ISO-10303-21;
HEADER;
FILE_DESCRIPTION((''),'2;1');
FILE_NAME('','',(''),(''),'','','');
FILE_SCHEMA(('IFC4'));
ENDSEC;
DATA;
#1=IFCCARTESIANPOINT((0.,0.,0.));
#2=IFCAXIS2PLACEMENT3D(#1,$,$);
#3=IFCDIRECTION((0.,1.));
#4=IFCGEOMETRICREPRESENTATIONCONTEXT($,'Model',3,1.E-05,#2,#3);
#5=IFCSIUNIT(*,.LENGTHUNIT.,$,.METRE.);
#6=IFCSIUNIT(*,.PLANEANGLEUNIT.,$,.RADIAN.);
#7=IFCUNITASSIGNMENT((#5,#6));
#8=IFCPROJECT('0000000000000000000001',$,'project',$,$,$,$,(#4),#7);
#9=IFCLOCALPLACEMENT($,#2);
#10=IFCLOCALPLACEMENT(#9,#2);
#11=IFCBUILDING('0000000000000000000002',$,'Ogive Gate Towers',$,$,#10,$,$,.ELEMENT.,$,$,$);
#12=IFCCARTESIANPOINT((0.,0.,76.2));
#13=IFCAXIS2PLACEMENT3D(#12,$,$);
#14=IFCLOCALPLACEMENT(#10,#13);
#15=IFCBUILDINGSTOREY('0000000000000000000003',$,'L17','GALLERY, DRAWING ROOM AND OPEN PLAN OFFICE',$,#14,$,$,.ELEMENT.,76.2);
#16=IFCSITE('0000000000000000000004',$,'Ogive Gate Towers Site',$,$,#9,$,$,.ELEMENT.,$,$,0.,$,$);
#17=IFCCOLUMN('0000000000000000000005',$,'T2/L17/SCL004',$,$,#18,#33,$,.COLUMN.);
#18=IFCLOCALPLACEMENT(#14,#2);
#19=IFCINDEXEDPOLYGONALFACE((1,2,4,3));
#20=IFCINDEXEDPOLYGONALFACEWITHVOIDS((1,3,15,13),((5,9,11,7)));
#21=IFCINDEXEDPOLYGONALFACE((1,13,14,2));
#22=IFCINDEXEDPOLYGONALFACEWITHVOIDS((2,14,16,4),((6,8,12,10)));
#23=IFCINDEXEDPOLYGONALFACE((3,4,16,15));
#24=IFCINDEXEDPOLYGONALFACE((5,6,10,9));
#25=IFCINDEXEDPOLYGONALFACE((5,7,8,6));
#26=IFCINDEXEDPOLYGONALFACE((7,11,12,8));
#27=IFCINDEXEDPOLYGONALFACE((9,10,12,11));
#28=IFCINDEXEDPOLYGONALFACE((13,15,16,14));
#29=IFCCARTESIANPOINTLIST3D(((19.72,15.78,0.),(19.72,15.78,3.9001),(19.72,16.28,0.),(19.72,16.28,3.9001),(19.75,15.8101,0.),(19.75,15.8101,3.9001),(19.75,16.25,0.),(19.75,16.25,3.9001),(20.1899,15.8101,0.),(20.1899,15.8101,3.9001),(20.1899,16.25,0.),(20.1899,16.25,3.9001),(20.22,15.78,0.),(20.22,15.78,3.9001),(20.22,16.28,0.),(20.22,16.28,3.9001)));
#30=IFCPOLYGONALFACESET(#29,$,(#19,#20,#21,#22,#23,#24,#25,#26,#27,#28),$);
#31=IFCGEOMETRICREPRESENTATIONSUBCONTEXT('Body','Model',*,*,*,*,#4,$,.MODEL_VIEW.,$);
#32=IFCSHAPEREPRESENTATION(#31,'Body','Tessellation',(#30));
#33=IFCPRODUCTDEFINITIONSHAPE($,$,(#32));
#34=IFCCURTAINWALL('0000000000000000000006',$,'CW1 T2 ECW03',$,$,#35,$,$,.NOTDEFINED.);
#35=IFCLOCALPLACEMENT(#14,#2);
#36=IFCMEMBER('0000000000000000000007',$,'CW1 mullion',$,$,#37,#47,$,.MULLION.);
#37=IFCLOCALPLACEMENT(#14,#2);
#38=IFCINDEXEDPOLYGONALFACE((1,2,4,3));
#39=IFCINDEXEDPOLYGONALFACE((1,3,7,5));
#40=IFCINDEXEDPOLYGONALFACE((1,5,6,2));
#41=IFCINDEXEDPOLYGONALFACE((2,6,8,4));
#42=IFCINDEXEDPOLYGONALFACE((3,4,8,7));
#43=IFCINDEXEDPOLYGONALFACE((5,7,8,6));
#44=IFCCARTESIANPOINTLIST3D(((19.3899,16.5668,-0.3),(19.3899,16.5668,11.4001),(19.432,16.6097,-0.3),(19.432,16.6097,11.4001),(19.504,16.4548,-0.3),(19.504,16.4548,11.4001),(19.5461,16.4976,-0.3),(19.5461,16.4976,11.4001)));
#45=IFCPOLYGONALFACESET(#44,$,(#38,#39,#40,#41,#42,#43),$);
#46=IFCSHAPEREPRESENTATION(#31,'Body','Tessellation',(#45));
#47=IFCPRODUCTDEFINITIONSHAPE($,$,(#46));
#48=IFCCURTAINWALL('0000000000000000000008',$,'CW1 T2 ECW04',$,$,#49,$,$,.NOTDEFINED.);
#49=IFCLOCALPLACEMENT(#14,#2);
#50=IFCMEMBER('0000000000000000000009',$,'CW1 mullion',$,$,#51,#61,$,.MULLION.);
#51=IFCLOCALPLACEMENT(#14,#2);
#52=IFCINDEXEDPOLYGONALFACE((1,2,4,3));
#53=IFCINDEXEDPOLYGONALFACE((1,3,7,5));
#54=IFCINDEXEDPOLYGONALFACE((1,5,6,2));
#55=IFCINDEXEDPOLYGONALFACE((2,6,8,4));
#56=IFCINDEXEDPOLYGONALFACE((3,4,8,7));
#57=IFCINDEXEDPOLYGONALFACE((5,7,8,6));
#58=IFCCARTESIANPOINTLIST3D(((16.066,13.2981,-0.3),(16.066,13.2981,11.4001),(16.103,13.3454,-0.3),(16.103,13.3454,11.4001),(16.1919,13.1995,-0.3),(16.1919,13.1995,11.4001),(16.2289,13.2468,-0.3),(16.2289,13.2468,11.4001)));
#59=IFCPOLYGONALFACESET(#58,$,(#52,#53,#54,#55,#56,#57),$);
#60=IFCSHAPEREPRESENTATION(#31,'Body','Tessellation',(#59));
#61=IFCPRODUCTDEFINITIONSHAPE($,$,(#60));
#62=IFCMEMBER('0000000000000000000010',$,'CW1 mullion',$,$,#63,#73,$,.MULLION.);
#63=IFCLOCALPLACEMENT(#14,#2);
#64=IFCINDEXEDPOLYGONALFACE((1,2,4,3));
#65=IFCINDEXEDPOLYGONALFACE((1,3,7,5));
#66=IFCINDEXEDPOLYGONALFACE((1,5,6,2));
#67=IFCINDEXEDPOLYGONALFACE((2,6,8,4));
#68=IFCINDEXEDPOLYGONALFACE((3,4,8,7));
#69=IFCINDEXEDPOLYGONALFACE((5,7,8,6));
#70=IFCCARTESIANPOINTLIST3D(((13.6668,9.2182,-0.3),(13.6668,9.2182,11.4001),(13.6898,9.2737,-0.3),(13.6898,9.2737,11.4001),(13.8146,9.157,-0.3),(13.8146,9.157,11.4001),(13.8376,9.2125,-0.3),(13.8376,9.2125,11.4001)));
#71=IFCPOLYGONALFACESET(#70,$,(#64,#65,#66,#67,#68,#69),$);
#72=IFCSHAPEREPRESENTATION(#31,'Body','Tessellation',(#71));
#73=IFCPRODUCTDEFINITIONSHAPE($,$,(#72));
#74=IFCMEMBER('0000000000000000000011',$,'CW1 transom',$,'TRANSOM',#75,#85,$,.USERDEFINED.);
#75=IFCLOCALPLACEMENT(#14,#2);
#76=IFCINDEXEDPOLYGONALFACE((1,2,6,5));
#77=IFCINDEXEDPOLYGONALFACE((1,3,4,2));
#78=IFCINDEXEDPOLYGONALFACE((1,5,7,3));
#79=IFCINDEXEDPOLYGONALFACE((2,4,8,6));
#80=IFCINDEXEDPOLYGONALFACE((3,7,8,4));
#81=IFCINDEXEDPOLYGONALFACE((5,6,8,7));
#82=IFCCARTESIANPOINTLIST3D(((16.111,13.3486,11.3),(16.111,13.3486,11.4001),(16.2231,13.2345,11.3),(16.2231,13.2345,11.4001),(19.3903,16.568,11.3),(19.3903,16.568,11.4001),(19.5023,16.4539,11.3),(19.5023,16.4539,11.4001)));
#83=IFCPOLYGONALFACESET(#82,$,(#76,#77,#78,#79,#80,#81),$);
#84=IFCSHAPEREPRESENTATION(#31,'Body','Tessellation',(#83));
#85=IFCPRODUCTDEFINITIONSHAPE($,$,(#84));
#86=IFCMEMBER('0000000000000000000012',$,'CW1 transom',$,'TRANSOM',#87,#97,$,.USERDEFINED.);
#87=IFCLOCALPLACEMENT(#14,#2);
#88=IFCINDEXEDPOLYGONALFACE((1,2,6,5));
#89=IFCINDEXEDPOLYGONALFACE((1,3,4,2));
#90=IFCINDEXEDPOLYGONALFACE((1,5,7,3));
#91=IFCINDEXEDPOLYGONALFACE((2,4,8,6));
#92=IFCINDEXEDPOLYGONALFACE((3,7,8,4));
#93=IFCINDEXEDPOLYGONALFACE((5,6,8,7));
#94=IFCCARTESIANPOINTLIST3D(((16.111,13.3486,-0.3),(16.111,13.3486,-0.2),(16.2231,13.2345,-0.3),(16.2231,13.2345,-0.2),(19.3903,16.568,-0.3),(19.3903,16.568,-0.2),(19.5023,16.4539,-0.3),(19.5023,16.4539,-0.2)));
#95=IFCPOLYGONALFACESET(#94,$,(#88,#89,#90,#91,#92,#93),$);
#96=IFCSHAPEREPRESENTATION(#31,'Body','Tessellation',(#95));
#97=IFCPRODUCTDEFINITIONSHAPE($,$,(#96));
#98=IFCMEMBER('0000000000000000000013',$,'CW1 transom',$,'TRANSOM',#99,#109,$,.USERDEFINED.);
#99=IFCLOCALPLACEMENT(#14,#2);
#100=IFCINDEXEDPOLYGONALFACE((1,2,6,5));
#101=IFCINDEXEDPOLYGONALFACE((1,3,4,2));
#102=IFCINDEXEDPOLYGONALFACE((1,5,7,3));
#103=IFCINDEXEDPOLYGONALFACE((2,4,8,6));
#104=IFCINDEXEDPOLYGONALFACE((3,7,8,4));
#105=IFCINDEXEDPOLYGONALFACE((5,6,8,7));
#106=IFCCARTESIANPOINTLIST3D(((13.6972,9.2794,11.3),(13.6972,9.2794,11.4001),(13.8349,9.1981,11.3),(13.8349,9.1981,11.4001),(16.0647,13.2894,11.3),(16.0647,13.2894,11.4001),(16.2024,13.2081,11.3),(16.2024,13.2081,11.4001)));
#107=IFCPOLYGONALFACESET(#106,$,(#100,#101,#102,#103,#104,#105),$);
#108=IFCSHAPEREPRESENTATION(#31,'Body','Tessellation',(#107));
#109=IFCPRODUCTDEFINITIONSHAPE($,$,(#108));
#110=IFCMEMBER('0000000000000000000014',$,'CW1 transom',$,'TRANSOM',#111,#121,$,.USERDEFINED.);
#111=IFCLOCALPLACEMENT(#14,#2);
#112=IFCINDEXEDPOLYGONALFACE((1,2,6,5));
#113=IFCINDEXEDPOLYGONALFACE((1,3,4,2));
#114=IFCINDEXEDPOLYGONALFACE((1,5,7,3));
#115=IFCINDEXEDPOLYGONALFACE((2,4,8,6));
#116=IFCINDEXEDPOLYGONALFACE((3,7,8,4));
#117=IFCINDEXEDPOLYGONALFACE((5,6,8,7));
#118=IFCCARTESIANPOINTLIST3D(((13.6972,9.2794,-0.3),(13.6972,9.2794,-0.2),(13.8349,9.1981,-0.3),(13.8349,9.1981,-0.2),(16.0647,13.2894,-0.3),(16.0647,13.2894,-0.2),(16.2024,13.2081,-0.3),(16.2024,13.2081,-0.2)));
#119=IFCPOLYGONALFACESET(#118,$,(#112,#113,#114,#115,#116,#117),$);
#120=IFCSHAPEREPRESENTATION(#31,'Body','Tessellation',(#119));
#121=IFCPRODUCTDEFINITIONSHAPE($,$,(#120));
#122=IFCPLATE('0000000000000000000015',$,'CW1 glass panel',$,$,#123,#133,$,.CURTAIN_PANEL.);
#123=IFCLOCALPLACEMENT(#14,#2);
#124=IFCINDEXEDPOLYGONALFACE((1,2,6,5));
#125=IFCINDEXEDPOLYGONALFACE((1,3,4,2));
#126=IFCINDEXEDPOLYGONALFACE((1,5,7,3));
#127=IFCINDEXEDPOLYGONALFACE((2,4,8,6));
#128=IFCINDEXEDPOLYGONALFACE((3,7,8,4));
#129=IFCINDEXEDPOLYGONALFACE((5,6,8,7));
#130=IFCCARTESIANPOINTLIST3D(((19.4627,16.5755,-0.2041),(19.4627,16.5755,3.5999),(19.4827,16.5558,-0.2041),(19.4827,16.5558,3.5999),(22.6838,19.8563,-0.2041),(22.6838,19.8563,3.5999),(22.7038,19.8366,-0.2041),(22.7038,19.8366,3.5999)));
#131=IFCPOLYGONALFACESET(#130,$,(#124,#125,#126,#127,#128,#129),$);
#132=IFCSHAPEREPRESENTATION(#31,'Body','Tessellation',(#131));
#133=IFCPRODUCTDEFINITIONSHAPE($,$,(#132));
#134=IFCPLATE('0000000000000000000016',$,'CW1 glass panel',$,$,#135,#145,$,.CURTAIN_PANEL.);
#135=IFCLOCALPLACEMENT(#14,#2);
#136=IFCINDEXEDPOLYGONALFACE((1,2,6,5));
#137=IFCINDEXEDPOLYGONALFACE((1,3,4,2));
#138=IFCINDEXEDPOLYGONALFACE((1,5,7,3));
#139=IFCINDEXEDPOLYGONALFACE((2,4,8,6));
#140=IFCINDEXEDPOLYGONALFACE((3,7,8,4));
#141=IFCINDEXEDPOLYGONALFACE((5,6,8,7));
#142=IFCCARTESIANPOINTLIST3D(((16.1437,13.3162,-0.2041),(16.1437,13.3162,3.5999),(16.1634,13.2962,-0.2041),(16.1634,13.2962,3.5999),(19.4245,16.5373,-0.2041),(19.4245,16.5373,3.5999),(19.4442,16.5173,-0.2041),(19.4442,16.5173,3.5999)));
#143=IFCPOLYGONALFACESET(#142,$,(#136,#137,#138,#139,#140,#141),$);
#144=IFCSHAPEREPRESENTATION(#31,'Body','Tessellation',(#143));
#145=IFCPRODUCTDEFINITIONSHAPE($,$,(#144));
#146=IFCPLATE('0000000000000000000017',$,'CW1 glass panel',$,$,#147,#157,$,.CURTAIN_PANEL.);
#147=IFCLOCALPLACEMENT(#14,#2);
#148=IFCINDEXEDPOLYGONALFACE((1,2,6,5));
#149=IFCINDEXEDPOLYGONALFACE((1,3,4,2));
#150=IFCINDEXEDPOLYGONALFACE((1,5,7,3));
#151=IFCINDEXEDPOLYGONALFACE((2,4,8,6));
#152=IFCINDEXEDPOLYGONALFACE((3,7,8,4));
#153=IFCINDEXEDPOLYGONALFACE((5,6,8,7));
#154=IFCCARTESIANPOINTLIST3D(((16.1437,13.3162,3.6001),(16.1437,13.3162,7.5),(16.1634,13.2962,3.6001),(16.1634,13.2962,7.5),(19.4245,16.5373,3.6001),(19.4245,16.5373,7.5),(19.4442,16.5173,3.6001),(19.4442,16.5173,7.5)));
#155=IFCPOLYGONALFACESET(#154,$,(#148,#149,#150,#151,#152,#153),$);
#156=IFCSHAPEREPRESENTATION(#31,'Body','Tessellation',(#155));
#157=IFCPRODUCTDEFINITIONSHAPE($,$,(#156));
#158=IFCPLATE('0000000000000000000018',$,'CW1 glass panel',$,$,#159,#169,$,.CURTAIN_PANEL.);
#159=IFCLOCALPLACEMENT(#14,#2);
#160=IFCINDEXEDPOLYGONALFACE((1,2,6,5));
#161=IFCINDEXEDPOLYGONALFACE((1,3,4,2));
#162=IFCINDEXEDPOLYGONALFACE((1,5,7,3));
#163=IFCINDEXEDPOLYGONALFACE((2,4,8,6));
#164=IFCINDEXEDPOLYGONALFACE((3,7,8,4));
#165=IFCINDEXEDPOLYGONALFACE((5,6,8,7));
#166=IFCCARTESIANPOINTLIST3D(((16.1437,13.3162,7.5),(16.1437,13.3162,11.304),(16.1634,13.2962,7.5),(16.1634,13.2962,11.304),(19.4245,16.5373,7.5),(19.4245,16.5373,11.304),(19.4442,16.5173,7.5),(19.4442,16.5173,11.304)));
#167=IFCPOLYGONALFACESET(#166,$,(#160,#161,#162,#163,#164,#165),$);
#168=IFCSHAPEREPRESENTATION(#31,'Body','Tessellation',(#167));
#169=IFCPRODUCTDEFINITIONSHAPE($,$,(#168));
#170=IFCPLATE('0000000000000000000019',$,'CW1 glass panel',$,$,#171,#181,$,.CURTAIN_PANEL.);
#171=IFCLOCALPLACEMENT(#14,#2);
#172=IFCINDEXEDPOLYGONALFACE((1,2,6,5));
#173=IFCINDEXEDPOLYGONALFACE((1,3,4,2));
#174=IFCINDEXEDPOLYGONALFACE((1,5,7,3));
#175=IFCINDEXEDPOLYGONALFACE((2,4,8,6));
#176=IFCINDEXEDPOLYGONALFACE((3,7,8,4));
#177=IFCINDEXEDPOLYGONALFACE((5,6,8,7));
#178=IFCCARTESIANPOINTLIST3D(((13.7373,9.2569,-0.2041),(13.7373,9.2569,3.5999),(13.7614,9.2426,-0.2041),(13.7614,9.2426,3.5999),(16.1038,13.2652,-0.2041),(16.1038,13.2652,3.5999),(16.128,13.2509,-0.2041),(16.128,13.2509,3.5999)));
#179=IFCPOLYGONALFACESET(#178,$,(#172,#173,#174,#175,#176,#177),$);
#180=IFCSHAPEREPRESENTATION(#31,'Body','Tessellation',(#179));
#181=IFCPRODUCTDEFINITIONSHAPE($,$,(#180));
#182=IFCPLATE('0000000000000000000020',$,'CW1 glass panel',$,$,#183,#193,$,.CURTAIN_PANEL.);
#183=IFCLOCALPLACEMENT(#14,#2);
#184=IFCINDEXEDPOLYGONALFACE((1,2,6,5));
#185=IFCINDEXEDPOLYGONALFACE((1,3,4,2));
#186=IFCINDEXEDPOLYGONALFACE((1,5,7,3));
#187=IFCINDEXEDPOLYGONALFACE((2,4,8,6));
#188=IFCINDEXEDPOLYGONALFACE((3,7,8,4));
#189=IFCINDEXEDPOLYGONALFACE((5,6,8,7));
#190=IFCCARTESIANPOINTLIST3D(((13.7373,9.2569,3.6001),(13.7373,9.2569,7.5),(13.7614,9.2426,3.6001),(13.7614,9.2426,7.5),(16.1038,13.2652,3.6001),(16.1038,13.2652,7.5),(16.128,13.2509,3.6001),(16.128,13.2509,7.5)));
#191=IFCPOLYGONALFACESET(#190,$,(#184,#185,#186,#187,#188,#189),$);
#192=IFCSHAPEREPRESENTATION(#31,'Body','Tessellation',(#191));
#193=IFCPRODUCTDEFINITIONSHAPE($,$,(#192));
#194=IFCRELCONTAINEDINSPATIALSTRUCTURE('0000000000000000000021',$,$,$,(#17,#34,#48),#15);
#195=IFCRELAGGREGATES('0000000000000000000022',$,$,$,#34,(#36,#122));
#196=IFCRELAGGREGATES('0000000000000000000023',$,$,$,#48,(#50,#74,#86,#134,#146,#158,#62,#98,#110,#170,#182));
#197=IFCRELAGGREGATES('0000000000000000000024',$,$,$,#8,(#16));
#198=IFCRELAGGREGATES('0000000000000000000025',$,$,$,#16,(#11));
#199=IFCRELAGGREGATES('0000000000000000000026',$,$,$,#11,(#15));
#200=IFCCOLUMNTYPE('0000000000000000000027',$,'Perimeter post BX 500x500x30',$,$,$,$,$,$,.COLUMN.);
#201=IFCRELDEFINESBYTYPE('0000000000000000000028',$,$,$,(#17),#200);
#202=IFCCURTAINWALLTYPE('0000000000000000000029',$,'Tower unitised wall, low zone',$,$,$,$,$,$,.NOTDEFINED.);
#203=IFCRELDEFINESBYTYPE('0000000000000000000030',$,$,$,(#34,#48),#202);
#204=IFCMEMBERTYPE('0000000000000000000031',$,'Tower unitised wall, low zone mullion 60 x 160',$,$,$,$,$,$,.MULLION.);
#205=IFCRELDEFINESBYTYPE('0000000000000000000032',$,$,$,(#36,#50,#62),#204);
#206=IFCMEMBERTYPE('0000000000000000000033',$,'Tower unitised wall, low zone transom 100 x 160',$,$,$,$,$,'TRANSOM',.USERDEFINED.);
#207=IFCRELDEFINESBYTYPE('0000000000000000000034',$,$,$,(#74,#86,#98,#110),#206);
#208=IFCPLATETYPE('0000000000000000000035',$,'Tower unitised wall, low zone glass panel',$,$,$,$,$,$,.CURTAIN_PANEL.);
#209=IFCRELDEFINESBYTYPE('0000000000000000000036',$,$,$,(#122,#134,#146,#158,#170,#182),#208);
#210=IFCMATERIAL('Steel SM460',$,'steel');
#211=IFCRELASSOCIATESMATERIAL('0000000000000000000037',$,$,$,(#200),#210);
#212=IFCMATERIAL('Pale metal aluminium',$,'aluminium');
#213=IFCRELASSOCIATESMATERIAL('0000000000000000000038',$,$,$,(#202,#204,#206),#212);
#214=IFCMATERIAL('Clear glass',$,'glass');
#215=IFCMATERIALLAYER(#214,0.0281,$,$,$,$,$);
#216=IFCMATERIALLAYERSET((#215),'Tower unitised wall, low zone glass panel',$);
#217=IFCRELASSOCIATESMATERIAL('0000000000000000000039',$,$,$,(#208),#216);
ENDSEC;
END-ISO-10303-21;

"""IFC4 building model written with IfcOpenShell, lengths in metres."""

from ifc_helpers import new_model, si_unit, direction, frame, origin, origin_2d, place, context, subcontext, project, spatial, rectangle, hollow_rectangle, extrude, material, layer, layer_set, material_profile, profile_set, type_object, element, aggregate, save


model = new_model("IFC4")

# Units and contexts
model_context = context("Model", 3, precision=1e-05, world=origin(), true_north=direction((0.0, 1.0)))
body_context = subcontext(model_context, "Body", "Model", "MODEL_VIEW")
ifc_project = project(units=[si_unit("LENGTHUNIT", "METRE"), si_unit("PLANEANGLEUNIT", "RADIAN")], contexts=[model_context])

# Site, building, storey
site_placement = place(None, origin())
site = spatial("IfcSite", under=ifc_project, at=site_placement, Name="Ogive Gate Towers Site", CompositionType="ELEMENT", RefElevation=0.0)
building_placement = place(site_placement, origin())
building = spatial("IfcBuilding", under=site, at=building_placement, Name="Ogive Gate Towers", CompositionType="ELEMENT")
storey_placement = place(building_placement, frame((0.0, 0.0, 76.2)))
storey = spatial("IfcBuildingStorey", under=building, at=storey_placement, Name="L17", Description="GALLERY, DRAWING ROOM AND OPEN PLAN OFFICE", CompositionType="ELEMENT", Elevation=76.2)

# Column
ifc_material_1 = material(Name="Steel SM460", Category="steel")
ifc_material_profile_1 = material_profile(ifc_material_1, hollow_rectangle(XDim=0.5, YDim=0.5, WallThickness=0.03, at=origin_2d()), Name="BX 500x500x30")
ifc_profile_set_1 = profile_set([ifc_material_profile_1], Name="Steel SM460")
column_type = type_object("IfcColumnType", Name="Perimeter post BX 500x500x30", PredefinedType="COLUMN", material=ifc_profile_set_1)
column_placement = place(storey_placement, frame((19.97, 16.03, 0.0), z_axis=(0.0, 0.0, 1.0), x_axis=(1.0, 0.0, 0.0)))
element("IfcColumn", 1, at=column_placement, inside=storey, type_object=column_type, Name="T2/L17/SCL004", PredefinedType="COLUMN", context=body_context, shape_type="SweptSolid", body=[
    extrude(hollow_rectangle(XDim=0.5, YDim=0.5, WallThickness=0.03, at=origin_2d()), origin(), (0.0, 0.0, 1.0), 3.9001),
])

# Curtain wall, member
ifc_material_2 = material(Name="Pale metal aluminium", Category="aluminium")
curtain_wall_type = type_object("IfcCurtainWallType", Name="Tower unitised wall, low zone", PredefinedType="NOTDEFINED", material=ifc_material_2)
curtain_wall_1_placement = place(storey_placement, origin())
curtain_wall_1 = element("IfcCurtainWall", 2, at=curtain_wall_1_placement, inside=storey, type_object=curtain_wall_type, Name="CW1 T2 ECW03", PredefinedType="NOTDEFINED")
ifc_material_profile_2 = material_profile(ifc_material_2, rectangle(XDim=0.1599, YDim=0.0601, at=origin_2d()), Name="60 x 160 aluminium box")
ifc_profile_set_2 = profile_set([ifc_material_profile_2], Name="Pale metal aluminium")
member_type_1 = type_object("IfcMemberType", Name="Tower unitised wall, low zone mullion 60 x 160", PredefinedType="MULLION", material=ifc_profile_set_2)
member_1_placement = place(storey_placement, frame((19.468, 16.5322, -0.3), z_axis=(0.0, 0.0, 1.0), x_axis=(-0.713568, 0.700586, 0.0)))
member_1 = element("IfcMember", 3, at=member_1_placement, type_object=member_type_1, Name="CW1 mullion", PredefinedType="MULLION", context=body_context, shape_type="SweptSolid", body=[
    extrude(rectangle(XDim=0.1599, YDim=0.0601, at=origin_2d()), origin(), (0.0, 0.0, 1.0), 11.7002),
])

# Curtain wall, members
curtain_wall_2_placement = place(storey_placement, origin())
curtain_wall_2 = element("IfcCurtainWall", 4, at=curtain_wall_2_placement, inside=storey, type_object=curtain_wall_type, Name="CW1 T2 ECW04", PredefinedType="NOTDEFINED")
member_2_placement = place(storey_placement, frame((16.1475, 13.2725, -0.3), z_axis=(0.0, 0.0, 1.0), x_axis=(-0.787559, 0.616239, 0.0)))
member_2 = element("IfcMember", 5, at=member_2_placement, type_object=member_type_1, Name="CW1 mullion", PredefinedType="MULLION", context=body_context, shape_type="SweptSolid", body=[
    extrude(rectangle(XDim=0.1599, YDim=0.0601, at=origin_2d()), origin(), (0.0, 0.0, 1.0), 11.7002),
])
member_3_placement = place(storey_placement, frame((13.7522, 9.2153, -0.3), z_axis=(0.0, 0.0, 1.0), x_axis=(-0.92388, 0.382683, 0.0)))
member_3 = element("IfcMember", 6, at=member_3_placement, type_object=member_type_1, Name="CW1 mullion", PredefinedType="MULLION", context=body_context, shape_type="SweptSolid", body=[
    extrude(rectangle(XDim=0.1599, YDim=0.0601, at=origin_2d()), origin(), (0.0, 0.0, 1.0), 11.7002),
])
ifc_material_profile_3 = material_profile(ifc_material_2, rectangle(XDim=0.1599, YDim=0.1001, at=origin_2d()), Name="100 x 160 aluminium box")
ifc_profile_set_3 = profile_set([ifc_material_profile_3], Name="Pale metal aluminium")
member_type_2 = type_object("IfcMemberType", Name="Tower unitised wall, low zone transom 100 x 160", ElementType="TRANSOM", PredefinedType="USERDEFINED", material=ifc_profile_set_3)
member_4_placement = place(storey_placement, frame((19.4463, 16.511, 11.3501), z_axis=(-0.713585, -0.700569, 0.0), x_axis=(0.700569, -0.713585, 0.0)))
member_4 = element("IfcMember", 7, at=member_4_placement, type_object=member_type_2, Name="CW1 transom", ObjectType="TRANSOM", PredefinedType="USERDEFINED", context=body_context, shape_type="SweptSolid", body=[
    extrude(rectangle(XDim=0.1599, YDim=0.1001, at=origin_2d()), origin(), (0.0, 0.0, 1.0), 4.5955),
])
member_5_placement = place(storey_placement, frame((19.4463, 16.511, -0.25), z_axis=(-0.713585, -0.700569, 0.0), x_axis=(0.700569, -0.713585, 0.0)))
member_5 = element("IfcMember", 8, at=member_5_placement, type_object=member_type_2, Name="CW1 transom", ObjectType="TRANSOM", PredefinedType="USERDEFINED", context=body_context, shape_type="SweptSolid", body=[
    extrude(rectangle(XDim=0.1599, YDim=0.1001, at=origin_2d()), origin(), (0.0, 0.0, 1.0), 4.5955),
])
member_6_placement = place(storey_placement, frame((16.1335, 13.2488, 11.3501), z_axis=(-0.508392, -0.861126, 0.0), x_axis=(0.861126, -0.508392, 0.0)))
member_6 = element("IfcMember", 9, at=member_6_placement, type_object=member_type_2, Name="CW1 transom", ObjectType="TRANSOM", PredefinedType="USERDEFINED", context=body_context, shape_type="SweptSolid", body=[
    extrude(rectangle(XDim=0.1599, YDim=0.1001, at=origin_2d()), origin(), (0.0, 0.0, 1.0), 4.6567),
])
member_7_placement = place(storey_placement, frame((16.1335, 13.2488, -0.25), z_axis=(-0.508392, -0.861126, 0.0), x_axis=(0.861126, -0.508392, 0.0)))
member_7 = element("IfcMember", 10, at=member_7_placement, type_object=member_type_2, Name="CW1 transom", ObjectType="TRANSOM", PredefinedType="USERDEFINED", context=body_context, shape_type="SweptSolid", body=[
    extrude(rectangle(XDim=0.1599, YDim=0.1001, at=origin_2d()), origin(), (0.0, 0.0, 1.0), 4.6567),
])

# Plates
ifc_material_3 = material(Name="Clear glass", Category="glass")
ifc_layer = layer(ifc_material_3, 0.0281)
ifc_layer_set = layer_set([ifc_layer], Name="Tower unitised wall, low zone glass panel")
plate_type = type_object("IfcPlateType", Name="Tower unitised wall, low zone glass panel", PredefinedType="CURTAIN_PANEL", material=ifc_layer_set)
plate_1_placement = place(storey_placement, frame((21.0833, 18.2061, -0.2041), z_axis=(0.0, 0.0, 1.0), x_axis=(-0.700586, -0.713568, 0.0)))
plate_1 = element("IfcPlate", 11, at=plate_1_placement, type_object=plate_type, Name="CW1 glass panel", PredefinedType="CURTAIN_PANEL", context=body_context, shape_type="SweptSolid", body=[
    extrude(rectangle(XDim=4.5977, YDim=0.0281, at=origin_2d()), origin(), (0.0, 0.0, 1.0), 3.804),
])
aggregate(curtain_wall_1, [member_1, plate_1])
plate_2_placement = place(storey_placement, frame((17.7939, 14.9167, -0.2041), z_axis=(0.0, 0.0, 1.0), x_axis=(-0.713568, -0.700586, 0.0)))
plate_2 = element("IfcPlate", 12, at=plate_2_placement, type_object=plate_type, Name="CW1 glass panel", PredefinedType="CURTAIN_PANEL", context=body_context, shape_type="SweptSolid", body=[
    extrude(rectangle(XDim=4.5977, YDim=0.0281, at=origin_2d()), origin(), (0.0, 0.0, 1.0), 3.804),
])
plate_3_placement = place(storey_placement, frame((17.7939, 14.9167, 3.6001), z_axis=(0.0, 0.0, 1.0), x_axis=(-0.713568, -0.700586, 0.0)))
plate_3 = element("IfcPlate", 13, at=plate_3_placement, type_object=plate_type, Name="CW1 glass panel", PredefinedType="CURTAIN_PANEL", context=body_context, shape_type="SweptSolid", body=[
    extrude(rectangle(XDim=4.5977, YDim=0.0281, at=origin_2d()), origin(), (0.0, 0.0, 1.0), 3.8999),
])
plate_4_placement = place(storey_placement, frame((17.7939, 14.9167, 7.5), z_axis=(0.0, 0.0, 1.0), x_axis=(-0.713568, -0.700586, 0.0)))
plate_4 = element("IfcPlate", 14, at=plate_4_placement, type_object=plate_type, Name="CW1 glass panel", PredefinedType="CURTAIN_PANEL", context=body_context, shape_type="SweptSolid", body=[
    extrude(rectangle(XDim=4.5977, YDim=0.0281, at=origin_2d()), origin(), (0.0, 0.0, 1.0), 3.804),
])
plate_5_placement = place(storey_placement, frame((14.9326, 11.2539, -0.2041), z_axis=(0.0, 0.0, 1.0), x_axis=(-0.50841, -0.861115, 0.0)))
plate_5 = element("IfcPlate", 15, at=plate_5_placement, type_object=plate_type, Name="CW1 glass panel", PredefinedType="CURTAIN_PANEL", context=body_context, shape_type="SweptSolid", body=[
    extrude(rectangle(XDim=4.6548, YDim=0.0281, at=origin_2d()), origin(), (0.0, 0.0, 1.0), 3.804),
])
plate_6_placement = place(storey_placement, frame((14.9326, 11.2539, 3.6001), z_axis=(0.0, 0.0, 1.0), x_axis=(-0.50841, -0.861115, 0.0)))
plate_6 = element("IfcPlate", 16, at=plate_6_placement, type_object=plate_type, Name="CW1 glass panel", PredefinedType="CURTAIN_PANEL", context=body_context, shape_type="SweptSolid", body=[
    extrude(rectangle(XDim=4.6548, YDim=0.0281, at=origin_2d()), origin(), (0.0, 0.0, 1.0), 3.8999),
])
aggregate(curtain_wall_2, [member_2, member_4, member_5, plate_2, plate_3, plate_4, member_3, member_6, member_7, plate_5, plate_6])

save(model, "model.ifc")
